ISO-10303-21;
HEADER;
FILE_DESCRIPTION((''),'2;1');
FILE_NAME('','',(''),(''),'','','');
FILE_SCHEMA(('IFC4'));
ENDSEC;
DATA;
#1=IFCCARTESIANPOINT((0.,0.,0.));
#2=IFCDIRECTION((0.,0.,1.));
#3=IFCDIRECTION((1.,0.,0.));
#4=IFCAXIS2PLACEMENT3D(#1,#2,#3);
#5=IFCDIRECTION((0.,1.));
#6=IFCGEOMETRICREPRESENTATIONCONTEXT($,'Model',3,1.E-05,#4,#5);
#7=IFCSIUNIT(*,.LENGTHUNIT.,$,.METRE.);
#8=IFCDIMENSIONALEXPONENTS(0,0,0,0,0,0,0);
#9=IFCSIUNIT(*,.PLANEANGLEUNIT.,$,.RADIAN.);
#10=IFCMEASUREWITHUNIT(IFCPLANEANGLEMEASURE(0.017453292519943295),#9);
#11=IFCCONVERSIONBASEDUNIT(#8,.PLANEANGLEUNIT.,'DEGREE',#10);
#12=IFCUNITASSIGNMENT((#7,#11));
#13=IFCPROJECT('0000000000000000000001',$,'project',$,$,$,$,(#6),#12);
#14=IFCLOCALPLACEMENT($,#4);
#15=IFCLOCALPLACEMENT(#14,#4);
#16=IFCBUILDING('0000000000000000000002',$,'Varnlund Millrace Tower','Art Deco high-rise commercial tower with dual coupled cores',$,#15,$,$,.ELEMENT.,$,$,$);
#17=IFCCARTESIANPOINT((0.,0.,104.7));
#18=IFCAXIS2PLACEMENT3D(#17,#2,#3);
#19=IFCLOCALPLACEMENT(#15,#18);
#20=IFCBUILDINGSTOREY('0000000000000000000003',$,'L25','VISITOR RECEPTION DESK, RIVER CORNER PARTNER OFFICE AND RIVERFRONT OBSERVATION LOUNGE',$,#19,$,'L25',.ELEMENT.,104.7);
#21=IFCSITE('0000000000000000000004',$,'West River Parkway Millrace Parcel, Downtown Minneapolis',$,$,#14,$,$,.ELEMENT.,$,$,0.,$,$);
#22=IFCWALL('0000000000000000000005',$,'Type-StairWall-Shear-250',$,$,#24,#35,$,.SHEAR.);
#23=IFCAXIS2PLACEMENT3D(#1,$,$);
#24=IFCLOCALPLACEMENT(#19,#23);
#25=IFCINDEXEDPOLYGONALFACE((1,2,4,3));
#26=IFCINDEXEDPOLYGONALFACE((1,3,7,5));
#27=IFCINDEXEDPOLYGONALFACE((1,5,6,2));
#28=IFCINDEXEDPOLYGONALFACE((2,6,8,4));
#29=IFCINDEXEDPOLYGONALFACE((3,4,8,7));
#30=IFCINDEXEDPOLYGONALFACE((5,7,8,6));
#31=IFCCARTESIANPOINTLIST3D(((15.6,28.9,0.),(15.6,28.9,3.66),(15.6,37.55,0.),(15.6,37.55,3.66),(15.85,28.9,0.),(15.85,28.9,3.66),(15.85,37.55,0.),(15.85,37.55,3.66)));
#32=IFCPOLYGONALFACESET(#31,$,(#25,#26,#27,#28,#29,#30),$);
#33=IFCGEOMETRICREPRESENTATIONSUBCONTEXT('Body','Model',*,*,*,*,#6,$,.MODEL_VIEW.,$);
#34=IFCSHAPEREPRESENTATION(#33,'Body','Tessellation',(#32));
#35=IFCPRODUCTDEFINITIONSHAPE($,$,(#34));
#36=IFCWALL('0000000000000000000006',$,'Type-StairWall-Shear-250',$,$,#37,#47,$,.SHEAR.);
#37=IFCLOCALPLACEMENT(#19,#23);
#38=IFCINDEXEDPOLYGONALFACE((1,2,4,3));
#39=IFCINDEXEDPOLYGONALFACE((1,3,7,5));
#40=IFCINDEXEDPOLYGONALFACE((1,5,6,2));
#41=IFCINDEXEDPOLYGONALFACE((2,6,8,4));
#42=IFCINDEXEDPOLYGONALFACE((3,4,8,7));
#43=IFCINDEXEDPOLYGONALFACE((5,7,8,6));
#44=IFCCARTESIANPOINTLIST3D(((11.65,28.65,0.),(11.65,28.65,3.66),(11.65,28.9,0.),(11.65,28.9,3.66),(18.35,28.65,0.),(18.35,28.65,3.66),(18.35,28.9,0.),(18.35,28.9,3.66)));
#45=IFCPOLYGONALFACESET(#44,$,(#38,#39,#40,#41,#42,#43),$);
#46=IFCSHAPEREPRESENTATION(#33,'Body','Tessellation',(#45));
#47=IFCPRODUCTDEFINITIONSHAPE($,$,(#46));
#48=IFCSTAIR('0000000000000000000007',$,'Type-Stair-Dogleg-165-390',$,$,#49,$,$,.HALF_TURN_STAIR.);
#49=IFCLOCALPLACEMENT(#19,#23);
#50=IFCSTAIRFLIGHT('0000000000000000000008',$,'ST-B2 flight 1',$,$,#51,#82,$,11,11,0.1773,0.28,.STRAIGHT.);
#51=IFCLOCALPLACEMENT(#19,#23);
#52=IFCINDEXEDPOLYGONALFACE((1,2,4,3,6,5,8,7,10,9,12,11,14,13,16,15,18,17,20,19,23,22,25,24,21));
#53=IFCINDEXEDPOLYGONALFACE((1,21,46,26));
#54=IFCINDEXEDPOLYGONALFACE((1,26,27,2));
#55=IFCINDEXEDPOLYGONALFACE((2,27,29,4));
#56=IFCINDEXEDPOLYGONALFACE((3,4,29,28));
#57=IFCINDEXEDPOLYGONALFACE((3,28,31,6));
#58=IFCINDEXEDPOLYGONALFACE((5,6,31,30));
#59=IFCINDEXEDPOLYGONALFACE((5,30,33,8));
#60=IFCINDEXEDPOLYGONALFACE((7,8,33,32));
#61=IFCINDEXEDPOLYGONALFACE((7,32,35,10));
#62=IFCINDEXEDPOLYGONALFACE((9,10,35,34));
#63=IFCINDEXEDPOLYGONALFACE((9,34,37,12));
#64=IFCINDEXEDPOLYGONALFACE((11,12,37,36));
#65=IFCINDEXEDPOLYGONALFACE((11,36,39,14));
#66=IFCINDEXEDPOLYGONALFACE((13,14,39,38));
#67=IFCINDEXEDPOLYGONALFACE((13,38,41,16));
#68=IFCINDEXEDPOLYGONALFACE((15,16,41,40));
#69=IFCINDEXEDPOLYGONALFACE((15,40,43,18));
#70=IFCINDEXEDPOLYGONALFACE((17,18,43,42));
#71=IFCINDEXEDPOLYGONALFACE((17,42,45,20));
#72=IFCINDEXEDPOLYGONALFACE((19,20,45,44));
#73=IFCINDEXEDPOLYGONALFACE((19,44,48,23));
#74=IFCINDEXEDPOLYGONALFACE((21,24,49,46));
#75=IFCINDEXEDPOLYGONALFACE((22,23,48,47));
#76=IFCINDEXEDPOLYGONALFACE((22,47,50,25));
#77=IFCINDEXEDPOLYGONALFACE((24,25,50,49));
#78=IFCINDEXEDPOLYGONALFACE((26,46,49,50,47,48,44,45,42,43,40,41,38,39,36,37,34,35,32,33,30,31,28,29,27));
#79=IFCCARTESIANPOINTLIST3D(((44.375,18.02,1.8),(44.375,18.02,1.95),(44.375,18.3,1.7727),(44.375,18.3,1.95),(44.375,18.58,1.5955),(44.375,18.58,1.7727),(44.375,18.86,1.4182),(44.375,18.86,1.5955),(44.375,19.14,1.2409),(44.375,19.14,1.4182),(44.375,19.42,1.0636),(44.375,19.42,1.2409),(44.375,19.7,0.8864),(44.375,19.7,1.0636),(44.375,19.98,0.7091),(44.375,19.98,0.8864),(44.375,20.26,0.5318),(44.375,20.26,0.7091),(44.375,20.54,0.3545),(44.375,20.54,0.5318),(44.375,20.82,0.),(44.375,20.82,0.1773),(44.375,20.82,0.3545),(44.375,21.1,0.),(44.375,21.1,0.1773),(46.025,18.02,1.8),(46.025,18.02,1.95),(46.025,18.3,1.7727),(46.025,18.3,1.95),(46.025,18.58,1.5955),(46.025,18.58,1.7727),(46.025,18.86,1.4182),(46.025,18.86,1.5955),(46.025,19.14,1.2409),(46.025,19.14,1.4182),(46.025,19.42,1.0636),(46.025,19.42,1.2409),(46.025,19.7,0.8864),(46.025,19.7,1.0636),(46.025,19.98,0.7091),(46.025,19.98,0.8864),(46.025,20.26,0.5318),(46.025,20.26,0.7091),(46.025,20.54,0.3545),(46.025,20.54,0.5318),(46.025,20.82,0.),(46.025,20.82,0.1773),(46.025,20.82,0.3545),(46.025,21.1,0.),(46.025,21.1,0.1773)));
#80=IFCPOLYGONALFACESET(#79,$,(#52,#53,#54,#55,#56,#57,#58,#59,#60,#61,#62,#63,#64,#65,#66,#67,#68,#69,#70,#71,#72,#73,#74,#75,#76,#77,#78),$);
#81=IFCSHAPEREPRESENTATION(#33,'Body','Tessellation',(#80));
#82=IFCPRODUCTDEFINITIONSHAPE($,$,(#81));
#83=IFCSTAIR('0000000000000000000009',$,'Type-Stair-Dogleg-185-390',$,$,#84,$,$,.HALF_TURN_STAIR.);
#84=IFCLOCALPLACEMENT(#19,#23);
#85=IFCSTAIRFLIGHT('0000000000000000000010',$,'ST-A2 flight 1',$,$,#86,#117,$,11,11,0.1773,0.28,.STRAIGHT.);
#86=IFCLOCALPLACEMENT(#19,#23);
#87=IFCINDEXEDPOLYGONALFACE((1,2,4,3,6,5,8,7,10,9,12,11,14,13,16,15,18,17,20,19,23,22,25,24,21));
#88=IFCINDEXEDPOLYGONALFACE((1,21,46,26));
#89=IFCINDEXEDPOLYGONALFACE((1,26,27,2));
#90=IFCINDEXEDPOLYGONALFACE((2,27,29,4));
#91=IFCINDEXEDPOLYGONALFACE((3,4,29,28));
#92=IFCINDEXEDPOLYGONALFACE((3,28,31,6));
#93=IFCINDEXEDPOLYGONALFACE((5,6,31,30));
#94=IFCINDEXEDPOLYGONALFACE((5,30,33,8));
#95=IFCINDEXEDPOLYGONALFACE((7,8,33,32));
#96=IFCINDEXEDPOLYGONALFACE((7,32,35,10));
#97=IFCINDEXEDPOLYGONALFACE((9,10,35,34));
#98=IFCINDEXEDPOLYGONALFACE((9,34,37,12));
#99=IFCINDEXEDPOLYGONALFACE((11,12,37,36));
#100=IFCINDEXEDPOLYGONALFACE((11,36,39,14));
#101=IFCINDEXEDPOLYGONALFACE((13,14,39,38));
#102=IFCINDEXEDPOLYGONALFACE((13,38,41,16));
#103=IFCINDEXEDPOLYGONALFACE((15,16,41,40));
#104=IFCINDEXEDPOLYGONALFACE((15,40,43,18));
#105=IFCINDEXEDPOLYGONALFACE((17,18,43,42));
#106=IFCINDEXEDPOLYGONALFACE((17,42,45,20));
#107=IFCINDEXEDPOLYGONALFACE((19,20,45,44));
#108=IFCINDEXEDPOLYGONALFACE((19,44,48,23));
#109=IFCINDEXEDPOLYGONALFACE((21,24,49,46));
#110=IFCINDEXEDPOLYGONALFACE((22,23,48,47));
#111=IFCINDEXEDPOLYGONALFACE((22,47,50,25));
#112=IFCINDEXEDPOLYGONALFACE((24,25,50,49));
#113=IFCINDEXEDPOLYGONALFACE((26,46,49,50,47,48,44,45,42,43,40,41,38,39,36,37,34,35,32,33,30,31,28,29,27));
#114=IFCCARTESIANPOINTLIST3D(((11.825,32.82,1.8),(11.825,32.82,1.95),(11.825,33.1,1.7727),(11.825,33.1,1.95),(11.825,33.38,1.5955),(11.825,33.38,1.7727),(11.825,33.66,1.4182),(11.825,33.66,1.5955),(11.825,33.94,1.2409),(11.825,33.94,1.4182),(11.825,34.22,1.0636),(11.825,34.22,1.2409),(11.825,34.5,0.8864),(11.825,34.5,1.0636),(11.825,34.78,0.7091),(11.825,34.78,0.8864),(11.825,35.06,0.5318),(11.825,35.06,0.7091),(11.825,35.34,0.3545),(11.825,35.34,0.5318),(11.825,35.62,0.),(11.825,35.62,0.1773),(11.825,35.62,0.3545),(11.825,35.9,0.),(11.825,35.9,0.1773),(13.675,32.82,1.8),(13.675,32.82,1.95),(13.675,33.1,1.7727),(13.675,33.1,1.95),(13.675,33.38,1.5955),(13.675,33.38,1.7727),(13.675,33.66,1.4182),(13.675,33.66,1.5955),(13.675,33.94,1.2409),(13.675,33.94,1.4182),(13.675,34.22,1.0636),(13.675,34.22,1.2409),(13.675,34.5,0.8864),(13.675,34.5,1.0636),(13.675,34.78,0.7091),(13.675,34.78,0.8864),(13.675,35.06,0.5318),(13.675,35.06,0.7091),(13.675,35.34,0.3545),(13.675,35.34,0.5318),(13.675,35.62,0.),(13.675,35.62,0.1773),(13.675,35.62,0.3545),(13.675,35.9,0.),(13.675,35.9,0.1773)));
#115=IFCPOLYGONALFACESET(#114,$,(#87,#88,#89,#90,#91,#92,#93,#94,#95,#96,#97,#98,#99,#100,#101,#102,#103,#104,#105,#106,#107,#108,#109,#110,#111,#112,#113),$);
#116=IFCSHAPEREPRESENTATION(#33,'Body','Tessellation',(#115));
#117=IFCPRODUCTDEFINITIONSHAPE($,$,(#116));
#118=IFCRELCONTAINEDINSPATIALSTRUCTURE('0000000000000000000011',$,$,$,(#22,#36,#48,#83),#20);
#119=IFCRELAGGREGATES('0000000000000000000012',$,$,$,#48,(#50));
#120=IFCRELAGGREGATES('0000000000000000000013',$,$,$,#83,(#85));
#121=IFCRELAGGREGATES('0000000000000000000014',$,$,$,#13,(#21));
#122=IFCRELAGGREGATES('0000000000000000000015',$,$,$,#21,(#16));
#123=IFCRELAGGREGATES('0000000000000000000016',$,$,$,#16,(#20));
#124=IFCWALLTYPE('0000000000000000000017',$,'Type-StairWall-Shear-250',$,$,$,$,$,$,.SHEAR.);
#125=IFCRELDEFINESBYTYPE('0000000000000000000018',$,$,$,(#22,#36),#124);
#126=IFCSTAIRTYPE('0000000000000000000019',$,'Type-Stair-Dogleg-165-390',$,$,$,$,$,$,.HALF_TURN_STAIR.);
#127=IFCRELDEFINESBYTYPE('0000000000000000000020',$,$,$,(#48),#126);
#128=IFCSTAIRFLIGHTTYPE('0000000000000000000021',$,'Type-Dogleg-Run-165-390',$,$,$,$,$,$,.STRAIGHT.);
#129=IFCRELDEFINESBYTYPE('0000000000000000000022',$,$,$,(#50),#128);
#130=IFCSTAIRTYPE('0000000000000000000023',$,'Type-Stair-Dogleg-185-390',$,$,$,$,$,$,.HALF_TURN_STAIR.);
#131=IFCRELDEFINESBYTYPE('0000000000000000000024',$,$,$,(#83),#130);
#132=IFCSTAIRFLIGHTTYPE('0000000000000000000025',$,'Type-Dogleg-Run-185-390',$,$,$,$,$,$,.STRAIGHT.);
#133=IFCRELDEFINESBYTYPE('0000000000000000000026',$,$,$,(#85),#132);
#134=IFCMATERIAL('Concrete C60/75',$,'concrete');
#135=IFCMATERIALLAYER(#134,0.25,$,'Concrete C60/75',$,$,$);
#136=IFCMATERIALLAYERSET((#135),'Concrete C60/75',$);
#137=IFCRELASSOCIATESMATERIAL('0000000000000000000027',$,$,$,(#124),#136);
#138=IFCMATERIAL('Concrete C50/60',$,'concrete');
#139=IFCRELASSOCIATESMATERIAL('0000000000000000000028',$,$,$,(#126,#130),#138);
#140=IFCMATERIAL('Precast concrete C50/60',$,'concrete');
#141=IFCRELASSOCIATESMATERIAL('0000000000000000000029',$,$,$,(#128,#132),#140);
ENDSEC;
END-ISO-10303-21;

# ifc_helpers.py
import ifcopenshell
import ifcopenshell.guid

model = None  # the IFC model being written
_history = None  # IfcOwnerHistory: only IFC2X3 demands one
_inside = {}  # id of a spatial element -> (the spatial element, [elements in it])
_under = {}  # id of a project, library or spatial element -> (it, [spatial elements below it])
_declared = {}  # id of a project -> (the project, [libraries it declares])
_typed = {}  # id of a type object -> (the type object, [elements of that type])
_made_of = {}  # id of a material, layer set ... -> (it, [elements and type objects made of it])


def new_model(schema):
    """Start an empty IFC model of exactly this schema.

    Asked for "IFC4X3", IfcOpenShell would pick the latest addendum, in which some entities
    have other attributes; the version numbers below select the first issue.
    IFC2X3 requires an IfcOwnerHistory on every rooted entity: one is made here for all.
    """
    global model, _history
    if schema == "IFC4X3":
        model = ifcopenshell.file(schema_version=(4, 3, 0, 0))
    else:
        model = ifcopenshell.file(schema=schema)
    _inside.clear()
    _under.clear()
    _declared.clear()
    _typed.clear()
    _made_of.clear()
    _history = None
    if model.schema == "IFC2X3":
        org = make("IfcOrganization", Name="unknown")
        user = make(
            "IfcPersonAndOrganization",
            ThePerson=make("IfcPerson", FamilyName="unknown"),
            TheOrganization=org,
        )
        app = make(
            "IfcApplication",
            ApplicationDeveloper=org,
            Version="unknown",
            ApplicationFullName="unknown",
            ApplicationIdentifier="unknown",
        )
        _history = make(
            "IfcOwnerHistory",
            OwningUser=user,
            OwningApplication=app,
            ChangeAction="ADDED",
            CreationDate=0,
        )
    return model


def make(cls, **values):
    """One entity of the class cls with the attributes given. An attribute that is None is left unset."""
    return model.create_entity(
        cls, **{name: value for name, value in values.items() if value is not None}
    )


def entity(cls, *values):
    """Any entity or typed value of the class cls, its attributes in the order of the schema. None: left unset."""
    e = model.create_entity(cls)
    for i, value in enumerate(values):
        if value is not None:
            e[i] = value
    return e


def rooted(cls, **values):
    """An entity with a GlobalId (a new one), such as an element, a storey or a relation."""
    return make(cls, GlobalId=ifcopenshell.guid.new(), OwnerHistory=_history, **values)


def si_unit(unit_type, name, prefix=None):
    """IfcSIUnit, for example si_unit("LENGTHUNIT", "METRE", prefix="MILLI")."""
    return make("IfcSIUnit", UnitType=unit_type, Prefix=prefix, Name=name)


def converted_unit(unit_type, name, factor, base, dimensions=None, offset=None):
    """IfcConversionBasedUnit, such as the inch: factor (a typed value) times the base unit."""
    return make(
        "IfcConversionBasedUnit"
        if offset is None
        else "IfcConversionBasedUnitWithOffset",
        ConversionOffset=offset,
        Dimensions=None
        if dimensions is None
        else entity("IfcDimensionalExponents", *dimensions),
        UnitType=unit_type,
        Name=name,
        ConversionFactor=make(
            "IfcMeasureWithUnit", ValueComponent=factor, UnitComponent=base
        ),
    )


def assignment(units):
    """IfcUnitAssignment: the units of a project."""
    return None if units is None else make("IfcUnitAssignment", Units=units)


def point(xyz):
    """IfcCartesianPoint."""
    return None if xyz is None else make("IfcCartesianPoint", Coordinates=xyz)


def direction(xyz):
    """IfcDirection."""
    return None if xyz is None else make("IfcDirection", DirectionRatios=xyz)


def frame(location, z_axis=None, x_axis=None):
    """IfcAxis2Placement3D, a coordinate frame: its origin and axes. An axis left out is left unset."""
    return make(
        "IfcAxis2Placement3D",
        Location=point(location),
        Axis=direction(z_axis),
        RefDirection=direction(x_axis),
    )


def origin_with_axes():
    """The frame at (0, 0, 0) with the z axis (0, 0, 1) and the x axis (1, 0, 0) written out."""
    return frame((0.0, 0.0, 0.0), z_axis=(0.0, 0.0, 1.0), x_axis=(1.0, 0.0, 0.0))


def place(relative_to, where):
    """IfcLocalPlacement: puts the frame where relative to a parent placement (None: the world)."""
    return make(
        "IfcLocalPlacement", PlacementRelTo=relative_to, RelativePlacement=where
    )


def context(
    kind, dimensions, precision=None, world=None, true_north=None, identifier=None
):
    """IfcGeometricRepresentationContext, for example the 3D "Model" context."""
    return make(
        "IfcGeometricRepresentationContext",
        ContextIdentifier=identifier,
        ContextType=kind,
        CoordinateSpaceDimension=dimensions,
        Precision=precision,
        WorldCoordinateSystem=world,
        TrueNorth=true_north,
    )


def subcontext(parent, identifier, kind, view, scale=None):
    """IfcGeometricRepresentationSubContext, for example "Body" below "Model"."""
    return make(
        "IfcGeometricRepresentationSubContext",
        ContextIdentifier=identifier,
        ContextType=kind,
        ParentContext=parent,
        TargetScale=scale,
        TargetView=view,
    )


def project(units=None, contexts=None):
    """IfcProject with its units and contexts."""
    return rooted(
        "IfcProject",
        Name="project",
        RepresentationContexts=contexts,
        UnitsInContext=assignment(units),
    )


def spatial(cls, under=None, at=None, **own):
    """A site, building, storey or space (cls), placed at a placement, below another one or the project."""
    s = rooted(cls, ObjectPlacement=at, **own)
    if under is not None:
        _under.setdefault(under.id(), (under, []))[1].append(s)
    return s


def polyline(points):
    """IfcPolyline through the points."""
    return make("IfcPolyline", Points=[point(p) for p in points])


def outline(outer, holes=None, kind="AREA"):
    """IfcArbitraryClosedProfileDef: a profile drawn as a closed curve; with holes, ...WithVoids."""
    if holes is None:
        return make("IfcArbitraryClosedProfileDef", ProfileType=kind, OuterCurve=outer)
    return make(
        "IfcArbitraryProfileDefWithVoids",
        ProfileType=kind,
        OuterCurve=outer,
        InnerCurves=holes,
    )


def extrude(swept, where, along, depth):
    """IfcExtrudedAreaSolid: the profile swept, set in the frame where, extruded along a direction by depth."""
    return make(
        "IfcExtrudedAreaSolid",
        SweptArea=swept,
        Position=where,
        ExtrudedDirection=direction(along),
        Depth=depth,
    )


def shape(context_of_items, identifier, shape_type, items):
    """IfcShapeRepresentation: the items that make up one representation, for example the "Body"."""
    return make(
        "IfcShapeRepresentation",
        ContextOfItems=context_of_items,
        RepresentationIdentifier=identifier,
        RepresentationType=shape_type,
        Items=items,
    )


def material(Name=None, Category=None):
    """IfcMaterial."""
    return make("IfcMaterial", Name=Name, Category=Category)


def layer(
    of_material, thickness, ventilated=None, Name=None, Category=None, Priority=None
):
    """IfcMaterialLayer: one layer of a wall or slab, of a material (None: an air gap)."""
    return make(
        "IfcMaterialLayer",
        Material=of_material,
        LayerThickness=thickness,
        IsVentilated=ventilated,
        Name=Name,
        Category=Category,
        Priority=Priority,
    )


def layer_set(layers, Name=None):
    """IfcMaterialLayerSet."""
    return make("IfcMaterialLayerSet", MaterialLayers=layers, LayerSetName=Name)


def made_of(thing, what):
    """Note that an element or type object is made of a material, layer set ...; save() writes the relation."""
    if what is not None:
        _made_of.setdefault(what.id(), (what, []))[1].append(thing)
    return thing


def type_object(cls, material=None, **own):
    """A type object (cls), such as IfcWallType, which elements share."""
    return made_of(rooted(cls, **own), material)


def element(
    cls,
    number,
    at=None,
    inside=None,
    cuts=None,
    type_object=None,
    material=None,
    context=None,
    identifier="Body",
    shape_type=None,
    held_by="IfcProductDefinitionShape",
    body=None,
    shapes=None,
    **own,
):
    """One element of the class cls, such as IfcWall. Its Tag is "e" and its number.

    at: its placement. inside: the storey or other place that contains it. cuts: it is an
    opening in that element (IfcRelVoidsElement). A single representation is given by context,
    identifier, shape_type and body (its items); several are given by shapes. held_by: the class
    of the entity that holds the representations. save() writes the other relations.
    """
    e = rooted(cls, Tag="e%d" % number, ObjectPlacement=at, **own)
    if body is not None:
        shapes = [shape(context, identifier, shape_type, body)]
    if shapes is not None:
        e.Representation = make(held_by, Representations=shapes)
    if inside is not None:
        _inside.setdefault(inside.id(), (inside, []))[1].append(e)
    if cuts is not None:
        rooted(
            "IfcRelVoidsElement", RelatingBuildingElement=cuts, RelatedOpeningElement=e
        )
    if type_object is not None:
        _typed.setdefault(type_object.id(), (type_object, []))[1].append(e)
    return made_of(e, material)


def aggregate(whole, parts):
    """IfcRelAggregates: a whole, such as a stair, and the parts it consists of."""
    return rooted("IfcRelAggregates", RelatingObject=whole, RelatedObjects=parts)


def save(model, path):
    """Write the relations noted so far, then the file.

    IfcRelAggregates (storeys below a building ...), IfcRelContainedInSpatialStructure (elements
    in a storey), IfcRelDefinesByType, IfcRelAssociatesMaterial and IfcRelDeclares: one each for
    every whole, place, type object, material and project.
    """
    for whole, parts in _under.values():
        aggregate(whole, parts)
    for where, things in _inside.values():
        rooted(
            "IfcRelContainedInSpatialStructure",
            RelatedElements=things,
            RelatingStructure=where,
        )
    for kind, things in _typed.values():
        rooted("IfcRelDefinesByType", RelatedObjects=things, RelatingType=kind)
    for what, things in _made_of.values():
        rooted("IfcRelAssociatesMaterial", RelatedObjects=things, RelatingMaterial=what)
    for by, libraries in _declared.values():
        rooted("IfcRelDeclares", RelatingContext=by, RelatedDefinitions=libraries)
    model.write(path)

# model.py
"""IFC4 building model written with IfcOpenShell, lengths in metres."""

from ifc_helpers import new_model, entity, si_unit, converted_unit, direction, frame, origin_with_axes, place, context, subcontext, project, spatial, polyline, outline, extrude, material, layer, layer_set, type_object, element, aggregate, save


model = new_model("IFC4")

# Units and contexts
model_context = context("Model", 3, precision=1e-05, world=origin_with_axes(), true_north=direction((0.0, 1.0)))
body_context = subcontext(model_context, "Body", "Model", "MODEL_VIEW")
ifc_project = project(units=[si_unit("LENGTHUNIT", "METRE"), converted_unit("PLANEANGLEUNIT", "DEGREE", entity("IfcPlaneAngleMeasure", 0.017453292519943295), si_unit("PLANEANGLEUNIT", "RADIAN"), dimensions=[0, 0, 0, 0, 0, 0, 0])], contexts=[model_context])

# Site, building, storey
site_placement = place(None, origin_with_axes())
site = spatial("IfcSite", under=ifc_project, at=site_placement, Name="West River Parkway Millrace Parcel, Downtown Minneapolis", CompositionType="ELEMENT", RefElevation=0.0)
building_placement = place(site_placement, origin_with_axes())
building = spatial("IfcBuilding", under=site, at=building_placement, Name="Varnlund Millrace Tower", Description="Art Deco high-rise commercial tower with dual coupled cores", CompositionType="ELEMENT")
storey_placement = place(building_placement, frame((0.0, 0.0, 104.7), z_axis=(0.0, 0.0, 1.0), x_axis=(1.0, 0.0, 0.0)))
storey = spatial("IfcBuildingStorey", under=building, at=storey_placement, Name="L25", Description="VISITOR RECEPTION DESK, RIVER CORNER PARTNER OFFICE AND RIVERFRONT OBSERVATION LOUNGE", LongName="L25", CompositionType="ELEMENT", Elevation=104.7)

# Shared definitions
ifc_material_1 = material(Name="Concrete C60/75", Category="concrete")
ifc_layer_1 = layer(ifc_material_1, 0.25, Name="Concrete C60/75")
ifc_layer_set_1 = layer_set([ifc_layer_1], Name="Concrete C60/75")

# Walls
wall_type_1 = type_object("IfcWallType", Name="Type-StairWall-Shear-250", PredefinedType="SHEAR", material=ifc_layer_set_1)
wall_1_placement = place(storey_placement, frame((15.725, 28.9, 0.0), z_axis=(0.0, 0.0, 1.0), x_axis=(0.0, 1.0, 0.0)))
element("IfcWall", 1, at=wall_1_placement, inside=storey, type_object=wall_type_1, Name="Type-StairWall-Shear-250", PredefinedType="SHEAR", context=body_context, shape_type="SweptSolid", body=[
    extrude(outline(polyline([(0.0, -0.125), (8.65, -0.125), (8.65, 0.125), (0.0, 0.125), (0.0, -0.125)])), origin_with_axes(), (0.0, 0.0, 1.0), 3.66),
])
wall_2_placement = place(storey_placement, frame((11.65, 28.775, 0.0), z_axis=(0.0, 0.0, 1.0), x_axis=(1.0, 0.0, 0.0)))
element("IfcWall", 2, at=wall_2_placement, inside=storey, type_object=wall_type_1, Name="Type-StairWall-Shear-250", PredefinedType="SHEAR", context=body_context, shape_type="SweptSolid", body=[
    extrude(outline(polyline([(0.0, -0.125), (6.7, -0.125), (6.7, 0.125), (0.0, 0.125), (0.0, -0.125)])), origin_with_axes(), (0.0, 0.0, 1.0), 3.66),
])

# Stairs, stair flights
ifc_material_2 = material(Name="Concrete C50/60", Category="concrete")
stair_type_1 = type_object("IfcStairType", Name="Type-Stair-Dogleg-165-390", PredefinedType="HALF_TURN_STAIR", material=ifc_material_2)
stair_1_placement = place(storey_placement, origin_with_axes())
stair_1 = element("IfcStair", 3, at=stair_1_placement, inside=storey, type_object=stair_type_1, Name="Type-Stair-Dogleg-165-390", PredefinedType="HALF_TURN_STAIR")
ifc_material_3 = material(Name="Precast concrete C50/60", Category="concrete")
stair_flight_type_1 = type_object("IfcStairFlightType", Name="Type-Dogleg-Run-165-390", PredefinedType="STRAIGHT", material=ifc_material_3)
stair_flight_1_placement = place(storey_placement, frame((46.025, 21.1, 0.0), z_axis=(-1.0, 0.0, 0.0), x_axis=(0.0, -1.0, 0.0)))
stair_flight_1 = element("IfcStairFlight", 4, at=stair_flight_1_placement, type_object=stair_flight_type_1, Name="ST-B2 flight 1", NumberOfRisers=11, NumberOfTreads=11, PredefinedType="STRAIGHT", RiserHeight=0.1773, TreadLength=0.28, context=body_context, shape_type="SweptSolid", body=[
    extrude(outline(polyline([(0.0, 0.0), (0.0, 0.1773), (0.28, 0.1773), (0.28, 0.3545), (0.56, 0.3545), (0.56, 0.5318), (0.84, 0.5318), (0.84, 0.7091), (1.12, 0.7091), (1.12, 0.8864), (1.4, 0.8864), (1.4, 1.0636), (1.68, 1.0636), (1.68, 1.2409), (1.96, 1.2409), (1.96, 1.4182), (2.24, 1.4182), (2.24, 1.5955), (2.52, 1.5955), (2.52, 1.7727), (2.8, 1.7727), (2.8, 1.95), (3.08, 1.95), (3.08, 1.8), (0.28, 0.0), (0.0, 0.0)])), origin_with_axes(), (0.0, 0.0, 1.0), 1.65),
])
aggregate(stair_1, [stair_flight_1])
stair_type_2 = type_object("IfcStairType", Name="Type-Stair-Dogleg-185-390", PredefinedType="HALF_TURN_STAIR", material=ifc_material_2)
stair_2_placement = place(storey_placement, origin_with_axes())
stair_2 = element("IfcStair", 5, at=stair_2_placement, inside=storey, type_object=stair_type_2, Name="Type-Stair-Dogleg-185-390", PredefinedType="HALF_TURN_STAIR")
stair_flight_type_2 = type_object("IfcStairFlightType", Name="Type-Dogleg-Run-185-390", PredefinedType="STRAIGHT", material=ifc_material_3)
stair_flight_2_placement = place(storey_placement, frame((13.675, 35.9, 0.0), z_axis=(-1.0, 0.0, 0.0), x_axis=(0.0, -1.0, 0.0)))
stair_flight_2 = element("IfcStairFlight", 6, at=stair_flight_2_placement, type_object=stair_flight_type_2, Name="ST-A2 flight 1", NumberOfRisers=11, NumberOfTreads=11, PredefinedType="STRAIGHT", RiserHeight=0.1773, TreadLength=0.28, context=body_context, shape_type="SweptSolid", body=[
    extrude(outline(polyline([(0.0, 0.0), (0.0, 0.1773), (0.28, 0.1773), (0.28, 0.3545), (0.56, 0.3545), (0.56, 0.5318), (0.84, 0.5318), (0.84, 0.7091), (1.12, 0.7091), (1.12, 0.8864), (1.4, 0.8864), (1.4, 1.0636), (1.68, 1.0636), (1.68, 1.2409), (1.96, 1.2409), (1.96, 1.4182), (2.24, 1.4182), (2.24, 1.5955), (2.52, 1.5955), (2.52, 1.7727), (2.8, 1.7727), (2.8, 1.95), (3.08, 1.95), (3.08, 1.8), (0.28, 0.0), (0.0, 0.0)])), origin_with_axes(), (0.0, 0.0, 1.0), 1.85),
])
aggregate(stair_2, [stair_flight_2])

save(model, "model.ifc")
